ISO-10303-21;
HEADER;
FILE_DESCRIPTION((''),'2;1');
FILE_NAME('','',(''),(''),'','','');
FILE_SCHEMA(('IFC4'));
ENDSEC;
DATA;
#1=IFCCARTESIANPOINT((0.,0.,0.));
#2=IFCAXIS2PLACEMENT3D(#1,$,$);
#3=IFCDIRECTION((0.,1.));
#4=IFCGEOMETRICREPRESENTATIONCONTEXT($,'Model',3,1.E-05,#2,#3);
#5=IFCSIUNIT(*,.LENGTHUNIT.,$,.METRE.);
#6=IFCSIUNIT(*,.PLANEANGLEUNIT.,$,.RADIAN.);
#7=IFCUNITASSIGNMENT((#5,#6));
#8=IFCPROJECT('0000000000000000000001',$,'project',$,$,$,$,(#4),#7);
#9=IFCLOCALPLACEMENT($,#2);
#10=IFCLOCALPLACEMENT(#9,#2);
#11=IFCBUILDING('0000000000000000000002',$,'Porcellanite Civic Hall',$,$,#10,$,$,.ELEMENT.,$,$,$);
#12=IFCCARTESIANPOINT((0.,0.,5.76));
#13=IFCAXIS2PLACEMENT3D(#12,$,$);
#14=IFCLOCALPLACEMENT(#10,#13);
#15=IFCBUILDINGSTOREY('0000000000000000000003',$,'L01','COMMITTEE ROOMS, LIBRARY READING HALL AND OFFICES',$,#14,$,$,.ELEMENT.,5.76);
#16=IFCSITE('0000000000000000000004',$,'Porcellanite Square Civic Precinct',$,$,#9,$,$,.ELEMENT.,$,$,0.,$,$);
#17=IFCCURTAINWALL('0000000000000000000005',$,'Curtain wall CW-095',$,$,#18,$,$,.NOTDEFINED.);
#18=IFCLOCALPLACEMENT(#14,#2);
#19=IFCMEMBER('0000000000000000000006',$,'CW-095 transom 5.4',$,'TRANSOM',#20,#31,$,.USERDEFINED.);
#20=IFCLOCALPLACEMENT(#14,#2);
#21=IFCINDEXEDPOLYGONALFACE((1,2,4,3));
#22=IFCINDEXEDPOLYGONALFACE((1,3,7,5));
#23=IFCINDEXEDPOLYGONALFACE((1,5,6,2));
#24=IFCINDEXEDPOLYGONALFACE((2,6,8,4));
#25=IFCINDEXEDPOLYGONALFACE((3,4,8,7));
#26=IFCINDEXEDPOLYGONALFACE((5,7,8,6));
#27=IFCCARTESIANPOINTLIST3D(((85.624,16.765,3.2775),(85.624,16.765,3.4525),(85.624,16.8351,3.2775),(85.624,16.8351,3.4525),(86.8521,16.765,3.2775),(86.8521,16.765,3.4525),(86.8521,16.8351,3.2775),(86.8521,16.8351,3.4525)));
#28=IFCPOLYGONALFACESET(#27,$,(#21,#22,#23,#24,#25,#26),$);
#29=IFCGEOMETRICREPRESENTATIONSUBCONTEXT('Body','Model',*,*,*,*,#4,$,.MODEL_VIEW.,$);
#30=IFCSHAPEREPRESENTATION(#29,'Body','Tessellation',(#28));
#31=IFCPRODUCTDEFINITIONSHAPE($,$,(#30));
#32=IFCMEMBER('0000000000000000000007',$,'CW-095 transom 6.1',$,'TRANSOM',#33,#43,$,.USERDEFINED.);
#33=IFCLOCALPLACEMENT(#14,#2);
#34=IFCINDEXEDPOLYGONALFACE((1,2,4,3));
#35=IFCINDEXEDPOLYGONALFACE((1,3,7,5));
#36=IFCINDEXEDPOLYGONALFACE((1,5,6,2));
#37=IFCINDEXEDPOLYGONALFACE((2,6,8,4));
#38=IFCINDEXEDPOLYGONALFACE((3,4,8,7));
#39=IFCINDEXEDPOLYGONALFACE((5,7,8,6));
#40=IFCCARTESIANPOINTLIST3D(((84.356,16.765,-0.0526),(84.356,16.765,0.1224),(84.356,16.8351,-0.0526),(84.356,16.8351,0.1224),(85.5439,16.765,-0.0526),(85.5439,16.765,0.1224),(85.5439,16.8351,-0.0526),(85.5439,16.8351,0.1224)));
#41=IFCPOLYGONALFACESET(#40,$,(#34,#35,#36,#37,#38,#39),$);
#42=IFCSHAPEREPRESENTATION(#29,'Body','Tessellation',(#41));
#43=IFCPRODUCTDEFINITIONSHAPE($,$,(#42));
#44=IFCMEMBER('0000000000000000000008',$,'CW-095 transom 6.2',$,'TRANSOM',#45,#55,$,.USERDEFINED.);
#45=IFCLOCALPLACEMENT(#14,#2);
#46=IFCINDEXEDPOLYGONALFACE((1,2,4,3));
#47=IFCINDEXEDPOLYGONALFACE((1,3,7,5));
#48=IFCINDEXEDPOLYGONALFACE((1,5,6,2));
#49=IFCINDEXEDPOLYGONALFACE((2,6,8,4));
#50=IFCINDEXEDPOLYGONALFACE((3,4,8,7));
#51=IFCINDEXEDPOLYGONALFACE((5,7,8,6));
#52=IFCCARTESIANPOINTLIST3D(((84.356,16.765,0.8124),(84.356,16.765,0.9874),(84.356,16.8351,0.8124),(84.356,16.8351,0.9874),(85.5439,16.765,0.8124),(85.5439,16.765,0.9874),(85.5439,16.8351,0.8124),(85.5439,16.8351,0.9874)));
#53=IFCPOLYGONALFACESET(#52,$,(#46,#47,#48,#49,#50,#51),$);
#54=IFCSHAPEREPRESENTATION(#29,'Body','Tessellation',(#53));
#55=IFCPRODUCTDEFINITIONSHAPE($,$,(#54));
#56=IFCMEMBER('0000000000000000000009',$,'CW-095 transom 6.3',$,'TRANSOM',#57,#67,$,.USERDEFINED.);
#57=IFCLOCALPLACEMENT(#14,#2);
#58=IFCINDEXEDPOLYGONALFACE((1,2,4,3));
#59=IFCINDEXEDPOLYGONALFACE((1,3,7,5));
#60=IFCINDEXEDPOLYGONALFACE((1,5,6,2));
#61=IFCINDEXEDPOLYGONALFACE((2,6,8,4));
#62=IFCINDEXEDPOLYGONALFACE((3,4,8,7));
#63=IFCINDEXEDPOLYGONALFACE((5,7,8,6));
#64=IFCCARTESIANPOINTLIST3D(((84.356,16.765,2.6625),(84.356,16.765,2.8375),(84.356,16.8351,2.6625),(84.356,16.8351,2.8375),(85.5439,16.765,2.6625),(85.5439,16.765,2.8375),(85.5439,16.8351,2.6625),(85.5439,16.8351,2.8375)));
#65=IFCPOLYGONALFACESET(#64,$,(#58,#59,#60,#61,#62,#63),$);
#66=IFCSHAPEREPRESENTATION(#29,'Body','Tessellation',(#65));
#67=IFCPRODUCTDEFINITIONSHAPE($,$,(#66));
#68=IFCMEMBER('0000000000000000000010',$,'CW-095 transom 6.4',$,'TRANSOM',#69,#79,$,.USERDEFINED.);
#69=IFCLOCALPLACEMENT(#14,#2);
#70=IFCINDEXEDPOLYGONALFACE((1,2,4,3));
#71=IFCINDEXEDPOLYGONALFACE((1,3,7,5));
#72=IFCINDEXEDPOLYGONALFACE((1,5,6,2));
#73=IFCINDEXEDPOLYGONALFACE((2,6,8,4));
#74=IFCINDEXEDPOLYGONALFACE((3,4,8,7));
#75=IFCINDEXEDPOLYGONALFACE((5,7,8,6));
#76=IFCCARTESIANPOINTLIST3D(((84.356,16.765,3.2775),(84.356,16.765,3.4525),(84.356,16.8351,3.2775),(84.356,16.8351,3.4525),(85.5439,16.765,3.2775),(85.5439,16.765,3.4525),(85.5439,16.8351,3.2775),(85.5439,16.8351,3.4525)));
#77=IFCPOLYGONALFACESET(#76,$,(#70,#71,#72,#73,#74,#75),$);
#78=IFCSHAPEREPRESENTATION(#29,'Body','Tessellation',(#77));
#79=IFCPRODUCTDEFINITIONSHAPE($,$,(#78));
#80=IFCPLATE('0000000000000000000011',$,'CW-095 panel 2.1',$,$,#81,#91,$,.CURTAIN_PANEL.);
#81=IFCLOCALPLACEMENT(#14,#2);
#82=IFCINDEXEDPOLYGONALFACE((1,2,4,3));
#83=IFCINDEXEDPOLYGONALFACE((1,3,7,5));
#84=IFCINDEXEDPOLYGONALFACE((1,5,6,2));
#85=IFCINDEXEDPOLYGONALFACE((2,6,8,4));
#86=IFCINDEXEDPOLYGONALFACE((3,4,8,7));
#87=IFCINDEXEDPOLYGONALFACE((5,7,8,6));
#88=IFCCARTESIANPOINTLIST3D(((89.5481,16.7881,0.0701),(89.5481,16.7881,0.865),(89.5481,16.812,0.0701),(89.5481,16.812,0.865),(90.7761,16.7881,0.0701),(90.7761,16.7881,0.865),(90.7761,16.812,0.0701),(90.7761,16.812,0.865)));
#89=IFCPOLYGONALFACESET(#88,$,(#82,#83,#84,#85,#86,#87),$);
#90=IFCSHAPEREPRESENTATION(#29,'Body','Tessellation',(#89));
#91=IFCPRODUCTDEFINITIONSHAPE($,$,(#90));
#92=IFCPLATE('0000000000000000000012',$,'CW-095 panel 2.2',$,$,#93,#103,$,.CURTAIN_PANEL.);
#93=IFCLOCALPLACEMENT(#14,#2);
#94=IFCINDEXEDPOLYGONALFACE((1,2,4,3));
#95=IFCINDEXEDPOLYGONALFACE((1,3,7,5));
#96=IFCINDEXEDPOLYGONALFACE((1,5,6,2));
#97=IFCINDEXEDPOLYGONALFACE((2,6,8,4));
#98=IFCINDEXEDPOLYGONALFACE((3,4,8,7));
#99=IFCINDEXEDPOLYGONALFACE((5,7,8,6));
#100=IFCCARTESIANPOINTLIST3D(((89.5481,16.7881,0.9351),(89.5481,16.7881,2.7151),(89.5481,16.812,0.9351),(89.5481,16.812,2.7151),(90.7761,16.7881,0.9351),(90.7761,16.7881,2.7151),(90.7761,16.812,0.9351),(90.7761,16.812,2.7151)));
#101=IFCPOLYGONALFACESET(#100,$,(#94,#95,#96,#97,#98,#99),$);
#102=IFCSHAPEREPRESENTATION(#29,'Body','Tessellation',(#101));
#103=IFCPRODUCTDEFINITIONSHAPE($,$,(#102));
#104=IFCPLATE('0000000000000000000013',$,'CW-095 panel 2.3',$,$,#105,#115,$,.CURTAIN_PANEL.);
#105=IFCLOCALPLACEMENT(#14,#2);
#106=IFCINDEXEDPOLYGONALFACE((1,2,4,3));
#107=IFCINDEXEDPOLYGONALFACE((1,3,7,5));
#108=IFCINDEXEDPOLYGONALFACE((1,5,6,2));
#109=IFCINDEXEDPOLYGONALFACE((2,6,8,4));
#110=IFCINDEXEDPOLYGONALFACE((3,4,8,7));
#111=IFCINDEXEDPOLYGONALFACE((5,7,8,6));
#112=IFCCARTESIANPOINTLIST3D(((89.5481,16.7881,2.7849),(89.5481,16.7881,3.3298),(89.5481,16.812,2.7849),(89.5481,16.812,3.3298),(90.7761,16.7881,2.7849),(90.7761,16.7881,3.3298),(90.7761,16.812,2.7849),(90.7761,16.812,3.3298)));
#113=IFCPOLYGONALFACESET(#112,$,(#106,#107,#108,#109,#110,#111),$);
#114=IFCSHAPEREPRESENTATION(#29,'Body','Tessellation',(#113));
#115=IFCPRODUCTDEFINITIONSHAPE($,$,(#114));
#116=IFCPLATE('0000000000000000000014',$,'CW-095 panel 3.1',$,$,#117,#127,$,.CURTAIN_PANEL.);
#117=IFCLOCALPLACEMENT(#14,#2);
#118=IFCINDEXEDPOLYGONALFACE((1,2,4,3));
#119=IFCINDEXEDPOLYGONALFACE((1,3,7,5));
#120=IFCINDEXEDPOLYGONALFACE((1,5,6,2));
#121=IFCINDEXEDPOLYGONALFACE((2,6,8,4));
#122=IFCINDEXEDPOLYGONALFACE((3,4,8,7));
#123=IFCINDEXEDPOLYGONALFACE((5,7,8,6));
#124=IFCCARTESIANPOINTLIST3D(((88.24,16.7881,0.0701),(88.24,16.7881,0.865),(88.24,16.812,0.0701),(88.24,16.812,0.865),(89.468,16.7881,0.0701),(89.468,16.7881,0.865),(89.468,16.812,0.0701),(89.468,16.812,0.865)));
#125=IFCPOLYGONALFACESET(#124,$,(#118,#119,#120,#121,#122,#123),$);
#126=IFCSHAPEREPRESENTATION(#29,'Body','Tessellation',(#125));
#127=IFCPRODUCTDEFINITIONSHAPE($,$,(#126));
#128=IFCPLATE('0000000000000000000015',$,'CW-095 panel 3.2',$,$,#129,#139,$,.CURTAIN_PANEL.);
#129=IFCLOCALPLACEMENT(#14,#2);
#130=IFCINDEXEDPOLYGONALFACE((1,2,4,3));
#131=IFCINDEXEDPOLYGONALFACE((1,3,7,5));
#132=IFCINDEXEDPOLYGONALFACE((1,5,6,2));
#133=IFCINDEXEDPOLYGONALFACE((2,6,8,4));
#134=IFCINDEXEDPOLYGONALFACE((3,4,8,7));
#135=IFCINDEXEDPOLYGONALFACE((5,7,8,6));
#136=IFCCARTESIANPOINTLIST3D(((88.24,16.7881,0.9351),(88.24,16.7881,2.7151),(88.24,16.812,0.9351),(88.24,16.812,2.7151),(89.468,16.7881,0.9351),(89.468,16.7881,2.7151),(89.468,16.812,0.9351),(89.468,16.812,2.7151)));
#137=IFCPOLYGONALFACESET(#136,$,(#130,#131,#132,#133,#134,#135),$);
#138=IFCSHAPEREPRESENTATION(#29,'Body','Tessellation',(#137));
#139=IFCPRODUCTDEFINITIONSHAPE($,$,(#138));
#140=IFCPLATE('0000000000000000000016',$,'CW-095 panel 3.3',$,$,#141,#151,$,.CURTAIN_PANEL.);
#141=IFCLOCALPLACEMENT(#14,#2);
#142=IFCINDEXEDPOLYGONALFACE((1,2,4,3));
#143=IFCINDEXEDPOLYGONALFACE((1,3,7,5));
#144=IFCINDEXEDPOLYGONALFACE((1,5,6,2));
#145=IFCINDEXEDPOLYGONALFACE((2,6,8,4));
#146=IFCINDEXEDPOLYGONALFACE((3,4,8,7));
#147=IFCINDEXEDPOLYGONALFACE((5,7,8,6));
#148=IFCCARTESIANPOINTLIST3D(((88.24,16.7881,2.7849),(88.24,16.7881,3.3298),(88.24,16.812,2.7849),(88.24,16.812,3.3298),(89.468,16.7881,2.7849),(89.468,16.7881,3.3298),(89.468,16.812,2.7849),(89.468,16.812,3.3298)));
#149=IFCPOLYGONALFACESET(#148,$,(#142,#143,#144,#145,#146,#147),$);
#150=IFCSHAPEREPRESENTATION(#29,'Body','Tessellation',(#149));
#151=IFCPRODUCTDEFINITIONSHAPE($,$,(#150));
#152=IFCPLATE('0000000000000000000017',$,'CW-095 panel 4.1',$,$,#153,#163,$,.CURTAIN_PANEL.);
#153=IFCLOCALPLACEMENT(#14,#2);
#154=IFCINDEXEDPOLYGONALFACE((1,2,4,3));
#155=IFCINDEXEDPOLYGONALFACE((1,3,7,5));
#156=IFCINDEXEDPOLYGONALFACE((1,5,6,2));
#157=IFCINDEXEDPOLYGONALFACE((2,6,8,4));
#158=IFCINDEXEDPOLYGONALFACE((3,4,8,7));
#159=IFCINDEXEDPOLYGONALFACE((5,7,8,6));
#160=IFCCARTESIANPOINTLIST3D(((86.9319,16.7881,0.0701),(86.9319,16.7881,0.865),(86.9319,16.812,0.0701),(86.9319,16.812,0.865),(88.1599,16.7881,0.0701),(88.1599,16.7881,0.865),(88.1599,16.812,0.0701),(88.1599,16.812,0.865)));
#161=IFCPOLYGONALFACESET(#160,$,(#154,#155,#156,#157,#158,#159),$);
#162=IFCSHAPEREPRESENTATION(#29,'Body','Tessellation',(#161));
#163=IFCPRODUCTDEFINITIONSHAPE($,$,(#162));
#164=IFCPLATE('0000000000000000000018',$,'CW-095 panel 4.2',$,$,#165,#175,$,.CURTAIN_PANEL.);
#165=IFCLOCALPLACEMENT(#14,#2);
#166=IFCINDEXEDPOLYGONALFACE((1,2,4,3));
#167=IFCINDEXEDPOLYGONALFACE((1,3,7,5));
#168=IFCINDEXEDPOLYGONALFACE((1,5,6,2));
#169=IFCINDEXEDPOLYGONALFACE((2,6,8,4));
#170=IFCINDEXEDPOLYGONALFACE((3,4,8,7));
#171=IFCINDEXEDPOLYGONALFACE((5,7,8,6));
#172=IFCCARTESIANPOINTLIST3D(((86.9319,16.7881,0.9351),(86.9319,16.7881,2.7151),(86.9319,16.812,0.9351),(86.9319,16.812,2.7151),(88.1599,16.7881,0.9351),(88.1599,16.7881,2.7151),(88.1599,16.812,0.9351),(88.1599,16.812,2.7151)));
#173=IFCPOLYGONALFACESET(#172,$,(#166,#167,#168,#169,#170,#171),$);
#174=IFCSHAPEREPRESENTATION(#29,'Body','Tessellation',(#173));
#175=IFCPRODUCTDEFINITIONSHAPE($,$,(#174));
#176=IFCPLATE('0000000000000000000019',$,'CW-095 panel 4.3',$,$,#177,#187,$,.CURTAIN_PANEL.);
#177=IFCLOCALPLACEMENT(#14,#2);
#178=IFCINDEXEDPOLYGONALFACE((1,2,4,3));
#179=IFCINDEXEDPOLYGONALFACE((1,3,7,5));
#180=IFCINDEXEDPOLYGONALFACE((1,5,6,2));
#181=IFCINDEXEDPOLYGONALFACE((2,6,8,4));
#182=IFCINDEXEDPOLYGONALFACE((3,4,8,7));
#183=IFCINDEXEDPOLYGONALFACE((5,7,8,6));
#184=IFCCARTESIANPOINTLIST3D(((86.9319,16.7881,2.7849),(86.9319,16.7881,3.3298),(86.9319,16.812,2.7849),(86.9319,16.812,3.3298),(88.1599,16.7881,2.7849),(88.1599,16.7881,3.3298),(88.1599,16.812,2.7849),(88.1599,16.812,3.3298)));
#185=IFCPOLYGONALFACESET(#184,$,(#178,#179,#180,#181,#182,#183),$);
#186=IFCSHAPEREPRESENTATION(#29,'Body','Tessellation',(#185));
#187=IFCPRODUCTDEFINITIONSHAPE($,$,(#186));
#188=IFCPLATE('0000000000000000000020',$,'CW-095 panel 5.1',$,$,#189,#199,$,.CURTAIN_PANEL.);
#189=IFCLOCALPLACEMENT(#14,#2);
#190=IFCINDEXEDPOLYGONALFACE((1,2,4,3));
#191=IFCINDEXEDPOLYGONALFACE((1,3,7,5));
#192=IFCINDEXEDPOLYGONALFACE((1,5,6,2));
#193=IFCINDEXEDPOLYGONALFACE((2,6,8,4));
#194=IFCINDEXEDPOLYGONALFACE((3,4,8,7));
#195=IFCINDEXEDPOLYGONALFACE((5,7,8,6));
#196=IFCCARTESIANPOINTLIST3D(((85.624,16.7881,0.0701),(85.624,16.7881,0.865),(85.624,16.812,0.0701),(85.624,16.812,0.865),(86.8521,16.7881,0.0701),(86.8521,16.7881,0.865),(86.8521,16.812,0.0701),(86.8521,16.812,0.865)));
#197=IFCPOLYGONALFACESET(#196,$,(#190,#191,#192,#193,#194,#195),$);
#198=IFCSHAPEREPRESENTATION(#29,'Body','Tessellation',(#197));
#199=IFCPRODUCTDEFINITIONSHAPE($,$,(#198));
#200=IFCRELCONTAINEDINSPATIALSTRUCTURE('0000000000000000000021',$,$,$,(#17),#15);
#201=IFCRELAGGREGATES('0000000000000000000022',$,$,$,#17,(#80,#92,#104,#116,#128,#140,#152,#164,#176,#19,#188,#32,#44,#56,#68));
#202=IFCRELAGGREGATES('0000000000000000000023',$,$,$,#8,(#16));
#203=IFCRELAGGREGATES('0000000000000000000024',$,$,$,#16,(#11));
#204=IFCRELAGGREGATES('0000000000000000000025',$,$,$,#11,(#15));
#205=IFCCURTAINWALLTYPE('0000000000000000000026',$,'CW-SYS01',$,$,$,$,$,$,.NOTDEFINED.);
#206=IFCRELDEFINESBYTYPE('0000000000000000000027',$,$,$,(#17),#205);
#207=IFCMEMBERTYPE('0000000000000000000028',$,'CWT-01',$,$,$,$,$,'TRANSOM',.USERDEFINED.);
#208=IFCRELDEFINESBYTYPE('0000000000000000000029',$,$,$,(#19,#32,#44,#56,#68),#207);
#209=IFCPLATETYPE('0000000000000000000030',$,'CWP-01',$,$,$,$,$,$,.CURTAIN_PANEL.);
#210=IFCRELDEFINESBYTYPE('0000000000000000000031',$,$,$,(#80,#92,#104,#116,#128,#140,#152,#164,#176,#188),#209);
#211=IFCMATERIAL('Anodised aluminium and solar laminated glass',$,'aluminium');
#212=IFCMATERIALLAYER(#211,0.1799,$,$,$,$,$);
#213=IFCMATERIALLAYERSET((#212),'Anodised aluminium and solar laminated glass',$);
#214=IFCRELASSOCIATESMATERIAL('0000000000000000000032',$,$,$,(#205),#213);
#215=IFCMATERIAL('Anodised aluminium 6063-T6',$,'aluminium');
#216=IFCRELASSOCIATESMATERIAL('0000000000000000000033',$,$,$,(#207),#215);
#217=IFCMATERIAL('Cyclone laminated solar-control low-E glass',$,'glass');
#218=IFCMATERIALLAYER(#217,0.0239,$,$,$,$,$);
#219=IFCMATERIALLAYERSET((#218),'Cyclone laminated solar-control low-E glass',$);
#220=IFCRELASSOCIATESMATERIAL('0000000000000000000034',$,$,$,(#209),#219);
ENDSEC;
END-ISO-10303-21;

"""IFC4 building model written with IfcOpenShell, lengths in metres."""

from ifc_helpers import new_model, si_unit, direction, frame, origin, origin_2d, place, context, subcontext, project, spatial, rectangle, extrude, material, layer, layer_set, material_profile, profile_set, type_object, element, aggregate, save


model = new_model("IFC4")

# Units and contexts
model_context = context("Model", 3, precision=1e-05, world=origin(), true_north=direction((0.0, 1.0)))
body_context = subcontext(model_context, "Body", "Model", "MODEL_VIEW")
ifc_project = project(units=[si_unit("LENGTHUNIT", "METRE"), si_unit("PLANEANGLEUNIT", "RADIAN")], contexts=[model_context])

# Site, building, storey
site_placement = place(None, origin())
site = spatial("IfcSite", under=ifc_project, at=site_placement, Name="Porcellanite Square Civic Precinct", CompositionType="ELEMENT", RefElevation=0.0)
building_placement = place(site_placement, origin())
building = spatial("IfcBuilding", under=site, at=building_placement, Name="Porcellanite Civic Hall", CompositionType="ELEMENT")
storey_placement = place(building_placement, frame((0.0, 0.0, 5.76)))
storey = spatial("IfcBuildingStorey", under=building, at=storey_placement, Name="L01", Description="COMMITTEE ROOMS, LIBRARY READING HALL AND OFFICES", CompositionType="ELEMENT", Elevation=5.76)

# Curtain wall, members, plates
ifc_material_1 = material(Name="Anodised aluminium and solar laminated glass", Category="aluminium")
ifc_layer_1 = layer(ifc_material_1, 0.1799)
ifc_layer_set_1 = layer_set([ifc_layer_1], Name="Anodised aluminium and solar laminated glass")
curtain_wall_type = type_object("IfcCurtainWallType", Name="CW-SYS01", PredefinedType="NOTDEFINED", material=ifc_layer_set_1)
curtain_wall_placement = place(storey_placement, origin())
curtain_wall = element("IfcCurtainWall", 1, at=curtain_wall_placement, inside=storey, type_object=curtain_wall_type, Name="Curtain wall CW-095", PredefinedType="NOTDEFINED")
ifc_material_2 = material(Name="Anodised aluminium 6063-T6", Category="aluminium")
ifc_material_profile_1 = material_profile(ifc_material_2, rectangle(XDim=0.0701, YDim=0.175, at=origin_2d()), Name="AL-70x175")
ifc_profile_set_1 = profile_set([ifc_material_profile_1], Name="Anodised aluminium 6063-T6")
member_type_1 = type_object("IfcMemberType", Name="CWT-01", ElementType="TRANSOM", PredefinedType="USERDEFINED", material=ifc_profile_set_1)
member_1_placement = place(storey_placement, frame((86.8521, 16.8, 3.365), z_axis=(-1.0, 0.0, 0.0), x_axis=(0.0, -1.0, 0.0)))
member_1 = element("IfcMember", 2, at=member_1_placement, type_object=member_type_1, Name="CW-095 transom 5.4", ObjectType="TRANSOM", PredefinedType="USERDEFINED", context=body_context, shape_type="SweptSolid", body=[
    extrude(rectangle(XDim=0.0701, YDim=0.175, at=origin_2d()), origin(), (0.0, 0.0, 1.0), 1.228),
])
member_2_placement = place(storey_placement, frame((85.5439, 16.8, 0.0349), z_axis=(-1.0, 0.0, 0.0), x_axis=(0.0, -1.0, 0.0)))
member_2 = element("IfcMember", 3, at=member_2_placement, type_object=member_type_1, Name="CW-095 transom 6.1", ObjectType="TRANSOM", PredefinedType="USERDEFINED", context=body_context, shape_type="SweptSolid", body=[
    extrude(rectangle(XDim=0.0701, YDim=0.175, at=origin_2d()), origin(), (0.0, 0.0, 1.0), 1.188),
])
member_3_placement = place(storey_placement, frame((85.5439, 16.8, 0.8999), z_axis=(-1.0, 0.0, 0.0), x_axis=(0.0, -1.0, 0.0)))
member_3 = element("IfcMember", 4, at=member_3_placement, type_object=member_type_1, Name="CW-095 transom 6.2", ObjectType="TRANSOM", PredefinedType="USERDEFINED", context=body_context, shape_type="SweptSolid", body=[
    extrude(rectangle(XDim=0.0701, YDim=0.175, at=origin_2d()), origin(), (0.0, 0.0, 1.0), 1.188),
])
member_4_placement = place(storey_placement, frame((85.5439, 16.8, 2.75), z_axis=(-1.0, 0.0, 0.0), x_axis=(0.0, -1.0, 0.0)))
member_4 = element("IfcMember", 5, at=member_4_placement, type_object=member_type_1, Name="CW-095 transom 6.3", ObjectType="TRANSOM", PredefinedType="USERDEFINED", context=body_context, shape_type="SweptSolid", body=[
    extrude(rectangle(XDim=0.0701, YDim=0.175, at=origin_2d()), origin(), (0.0, 0.0, 1.0), 1.188),
])
member_5_placement = place(storey_placement, frame((85.5439, 16.8, 3.365), z_axis=(-1.0, 0.0, 0.0), x_axis=(0.0, -1.0, 0.0)))
member_5 = element("IfcMember", 6, at=member_5_placement, type_object=member_type_1, Name="CW-095 transom 6.4", ObjectType="TRANSOM", PredefinedType="USERDEFINED", context=body_context, shape_type="SweptSolid", body=[
    extrude(rectangle(XDim=0.0701, YDim=0.175, at=origin_2d()), origin(), (0.0, 0.0, 1.0), 1.188),
])
ifc_material_3 = material(Name="Cyclone laminated solar-control low-E glass", Category="glass")
ifc_layer_2 = layer(ifc_material_3, 0.0239)
ifc_layer_set_2 = layer_set([ifc_layer_2], Name="Cyclone laminated solar-control low-E glass")
plate_type = type_object("IfcPlateType", Name="CWP-01", PredefinedType="CURTAIN_PANEL", material=ifc_layer_set_2)
plate_1_placement = place(storey_placement, frame((90.1621, 16.8, 0.0701), z_axis=(0.0, 0.0, 1.0), x_axis=(-1.0, 0.0, 0.0)))
plate_1 = element("IfcPlate", 7, at=plate_1_placement, type_object=plate_type, Name="CW-095 panel 2.1", PredefinedType="CURTAIN_PANEL", context=body_context, shape_type="SweptSolid", body=[
    extrude(rectangle(XDim=1.228, YDim=0.0239, at=origin_2d()), origin(), (0.0, 0.0, 1.0), 0.7949),
])
plate_2_placement = place(storey_placement, frame((90.1621, 16.8, 0.9351), z_axis=(0.0, 0.0, 1.0), x_axis=(-1.0, 0.0, 0.0)))
plate_2 = element("IfcPlate", 8, at=plate_2_placement, type_object=plate_type, Name="CW-095 panel 2.2", PredefinedType="CURTAIN_PANEL", context=body_context, shape_type="SweptSolid", body=[
    extrude(rectangle(XDim=1.228, YDim=0.0239, at=origin_2d()), origin(), (0.0, 0.0, 1.0), 1.78),
])
plate_3_placement = place(storey_placement, frame((90.1621, 16.8, 2.7849), z_axis=(0.0, 0.0, 1.0), x_axis=(-1.0, 0.0, 0.0)))
plate_3 = element("IfcPlate", 9, at=plate_3_placement, type_object=plate_type, Name="CW-095 panel 2.3", PredefinedType="CURTAIN_PANEL", context=body_context, shape_type="SweptSolid", body=[
    extrude(rectangle(XDim=1.228, YDim=0.0239, at=origin_2d()), origin(), (0.0, 0.0, 1.0), 0.5449),
])
plate_4_placement = place(storey_placement, frame((88.854, 16.8, 0.0701), z_axis=(0.0, 0.0, 1.0), x_axis=(-1.0, 0.0, 0.0)))
plate_4 = element("IfcPlate", 10, at=plate_4_placement, type_object=plate_type, Name="CW-095 panel 3.1", PredefinedType="CURTAIN_PANEL", context=body_context, shape_type="SweptSolid", body=[
    extrude(rectangle(XDim=1.228, YDim=0.0239, at=origin_2d()), origin(), (0.0, 0.0, 1.0), 0.7949),
])
plate_5_placement = place(storey_placement, frame((88.854, 16.8, 0.9351), z_axis=(0.0, 0.0, 1.0), x_axis=(-1.0, 0.0, 0.0)))
plate_5 = element("IfcPlate", 11, at=plate_5_placement, type_object=plate_type, Name="CW-095 panel 3.2", PredefinedType="CURTAIN_PANEL", context=body_context, shape_type="SweptSolid", body=[
    extrude(rectangle(XDim=1.228, YDim=0.0239, at=origin_2d()), origin(), (0.0, 0.0, 1.0), 1.78),
])
plate_6_placement = place(storey_placement, frame((88.854, 16.8, 2.7849), z_axis=(0.0, 0.0, 1.0), x_axis=(-1.0, 0.0, 0.0)))
plate_6 = element("IfcPlate", 12, at=plate_6_placement, type_object=plate_type, Name="CW-095 panel 3.3", PredefinedType="CURTAIN_PANEL", context=body_context, shape_type="SweptSolid", body=[
    extrude(rectangle(XDim=1.228, YDim=0.0239, at=origin_2d()), origin(), (0.0, 0.0, 1.0), 0.5449),
])
plate_7_placement = place(storey_placement, frame((87.5459, 16.8, 0.0701), z_axis=(0.0, 0.0, 1.0), x_axis=(-1.0, 0.0, 0.0)))
plate_7 = element("IfcPlate", 13, at=plate_7_placement, type_object=plate_type, Name="CW-095 panel 4.1", PredefinedType="CURTAIN_PANEL", context=body_context, shape_type="SweptSolid", body=[
    extrude(rectangle(XDim=1.228, YDim=0.0239, at=origin_2d()), origin(), (0.0, 0.0, 1.0), 0.7949),
])
plate_8_placement = place(storey_placement, frame((87.5459, 16.8, 0.9351), z_axis=(0.0, 0.0, 1.0), x_axis=(-1.0, 0.0, 0.0)))
plate_8 = element("IfcPlate", 14, at=plate_8_placement, type_object=plate_type, Name="CW-095 panel 4.2", PredefinedType="CURTAIN_PANEL", context=body_context, shape_type="SweptSolid", body=[
    extrude(rectangle(XDim=1.228, YDim=0.0239, at=origin_2d()), origin(), (0.0, 0.0, 1.0), 1.78),
])
plate_9_placement = place(storey_placement, frame((87.5459, 16.8, 2.7849), z_axis=(0.0, 0.0, 1.0), x_axis=(-1.0, 0.0, 0.0)))
plate_9 = element("IfcPlate", 15, at=plate_9_placement, type_object=plate_type, Name="CW-095 panel 4.3", PredefinedType="CURTAIN_PANEL", context=body_context, shape_type="SweptSolid", body=[
    extrude(rectangle(XDim=1.228, YDim=0.0239, at=origin_2d()), origin(), (0.0, 0.0, 1.0), 0.5449),
])
plate_10_placement = place(storey_placement, frame((86.238, 16.8, 0.0701), z_axis=(0.0, 0.0, 1.0), x_axis=(-1.0, 0.0, 0.0)))
plate_10 = element("IfcPlate", 16, at=plate_10_placement, type_object=plate_type, Name="CW-095 panel 5.1", PredefinedType="CURTAIN_PANEL", context=body_context, shape_type="SweptSolid", body=[
    extrude(rectangle(XDim=1.228, YDim=0.0239, at=origin_2d()), origin(), (0.0, 0.0, 1.0), 0.7949),
])
aggregate(curtain_wall, [plate_1, plate_2, plate_3, plate_4, plate_5, plate_6, plate_7, plate_8, plate_9, member_1, plate_10, member_2, member_3, member_4, member_5])

save(model, "model.ifc")
